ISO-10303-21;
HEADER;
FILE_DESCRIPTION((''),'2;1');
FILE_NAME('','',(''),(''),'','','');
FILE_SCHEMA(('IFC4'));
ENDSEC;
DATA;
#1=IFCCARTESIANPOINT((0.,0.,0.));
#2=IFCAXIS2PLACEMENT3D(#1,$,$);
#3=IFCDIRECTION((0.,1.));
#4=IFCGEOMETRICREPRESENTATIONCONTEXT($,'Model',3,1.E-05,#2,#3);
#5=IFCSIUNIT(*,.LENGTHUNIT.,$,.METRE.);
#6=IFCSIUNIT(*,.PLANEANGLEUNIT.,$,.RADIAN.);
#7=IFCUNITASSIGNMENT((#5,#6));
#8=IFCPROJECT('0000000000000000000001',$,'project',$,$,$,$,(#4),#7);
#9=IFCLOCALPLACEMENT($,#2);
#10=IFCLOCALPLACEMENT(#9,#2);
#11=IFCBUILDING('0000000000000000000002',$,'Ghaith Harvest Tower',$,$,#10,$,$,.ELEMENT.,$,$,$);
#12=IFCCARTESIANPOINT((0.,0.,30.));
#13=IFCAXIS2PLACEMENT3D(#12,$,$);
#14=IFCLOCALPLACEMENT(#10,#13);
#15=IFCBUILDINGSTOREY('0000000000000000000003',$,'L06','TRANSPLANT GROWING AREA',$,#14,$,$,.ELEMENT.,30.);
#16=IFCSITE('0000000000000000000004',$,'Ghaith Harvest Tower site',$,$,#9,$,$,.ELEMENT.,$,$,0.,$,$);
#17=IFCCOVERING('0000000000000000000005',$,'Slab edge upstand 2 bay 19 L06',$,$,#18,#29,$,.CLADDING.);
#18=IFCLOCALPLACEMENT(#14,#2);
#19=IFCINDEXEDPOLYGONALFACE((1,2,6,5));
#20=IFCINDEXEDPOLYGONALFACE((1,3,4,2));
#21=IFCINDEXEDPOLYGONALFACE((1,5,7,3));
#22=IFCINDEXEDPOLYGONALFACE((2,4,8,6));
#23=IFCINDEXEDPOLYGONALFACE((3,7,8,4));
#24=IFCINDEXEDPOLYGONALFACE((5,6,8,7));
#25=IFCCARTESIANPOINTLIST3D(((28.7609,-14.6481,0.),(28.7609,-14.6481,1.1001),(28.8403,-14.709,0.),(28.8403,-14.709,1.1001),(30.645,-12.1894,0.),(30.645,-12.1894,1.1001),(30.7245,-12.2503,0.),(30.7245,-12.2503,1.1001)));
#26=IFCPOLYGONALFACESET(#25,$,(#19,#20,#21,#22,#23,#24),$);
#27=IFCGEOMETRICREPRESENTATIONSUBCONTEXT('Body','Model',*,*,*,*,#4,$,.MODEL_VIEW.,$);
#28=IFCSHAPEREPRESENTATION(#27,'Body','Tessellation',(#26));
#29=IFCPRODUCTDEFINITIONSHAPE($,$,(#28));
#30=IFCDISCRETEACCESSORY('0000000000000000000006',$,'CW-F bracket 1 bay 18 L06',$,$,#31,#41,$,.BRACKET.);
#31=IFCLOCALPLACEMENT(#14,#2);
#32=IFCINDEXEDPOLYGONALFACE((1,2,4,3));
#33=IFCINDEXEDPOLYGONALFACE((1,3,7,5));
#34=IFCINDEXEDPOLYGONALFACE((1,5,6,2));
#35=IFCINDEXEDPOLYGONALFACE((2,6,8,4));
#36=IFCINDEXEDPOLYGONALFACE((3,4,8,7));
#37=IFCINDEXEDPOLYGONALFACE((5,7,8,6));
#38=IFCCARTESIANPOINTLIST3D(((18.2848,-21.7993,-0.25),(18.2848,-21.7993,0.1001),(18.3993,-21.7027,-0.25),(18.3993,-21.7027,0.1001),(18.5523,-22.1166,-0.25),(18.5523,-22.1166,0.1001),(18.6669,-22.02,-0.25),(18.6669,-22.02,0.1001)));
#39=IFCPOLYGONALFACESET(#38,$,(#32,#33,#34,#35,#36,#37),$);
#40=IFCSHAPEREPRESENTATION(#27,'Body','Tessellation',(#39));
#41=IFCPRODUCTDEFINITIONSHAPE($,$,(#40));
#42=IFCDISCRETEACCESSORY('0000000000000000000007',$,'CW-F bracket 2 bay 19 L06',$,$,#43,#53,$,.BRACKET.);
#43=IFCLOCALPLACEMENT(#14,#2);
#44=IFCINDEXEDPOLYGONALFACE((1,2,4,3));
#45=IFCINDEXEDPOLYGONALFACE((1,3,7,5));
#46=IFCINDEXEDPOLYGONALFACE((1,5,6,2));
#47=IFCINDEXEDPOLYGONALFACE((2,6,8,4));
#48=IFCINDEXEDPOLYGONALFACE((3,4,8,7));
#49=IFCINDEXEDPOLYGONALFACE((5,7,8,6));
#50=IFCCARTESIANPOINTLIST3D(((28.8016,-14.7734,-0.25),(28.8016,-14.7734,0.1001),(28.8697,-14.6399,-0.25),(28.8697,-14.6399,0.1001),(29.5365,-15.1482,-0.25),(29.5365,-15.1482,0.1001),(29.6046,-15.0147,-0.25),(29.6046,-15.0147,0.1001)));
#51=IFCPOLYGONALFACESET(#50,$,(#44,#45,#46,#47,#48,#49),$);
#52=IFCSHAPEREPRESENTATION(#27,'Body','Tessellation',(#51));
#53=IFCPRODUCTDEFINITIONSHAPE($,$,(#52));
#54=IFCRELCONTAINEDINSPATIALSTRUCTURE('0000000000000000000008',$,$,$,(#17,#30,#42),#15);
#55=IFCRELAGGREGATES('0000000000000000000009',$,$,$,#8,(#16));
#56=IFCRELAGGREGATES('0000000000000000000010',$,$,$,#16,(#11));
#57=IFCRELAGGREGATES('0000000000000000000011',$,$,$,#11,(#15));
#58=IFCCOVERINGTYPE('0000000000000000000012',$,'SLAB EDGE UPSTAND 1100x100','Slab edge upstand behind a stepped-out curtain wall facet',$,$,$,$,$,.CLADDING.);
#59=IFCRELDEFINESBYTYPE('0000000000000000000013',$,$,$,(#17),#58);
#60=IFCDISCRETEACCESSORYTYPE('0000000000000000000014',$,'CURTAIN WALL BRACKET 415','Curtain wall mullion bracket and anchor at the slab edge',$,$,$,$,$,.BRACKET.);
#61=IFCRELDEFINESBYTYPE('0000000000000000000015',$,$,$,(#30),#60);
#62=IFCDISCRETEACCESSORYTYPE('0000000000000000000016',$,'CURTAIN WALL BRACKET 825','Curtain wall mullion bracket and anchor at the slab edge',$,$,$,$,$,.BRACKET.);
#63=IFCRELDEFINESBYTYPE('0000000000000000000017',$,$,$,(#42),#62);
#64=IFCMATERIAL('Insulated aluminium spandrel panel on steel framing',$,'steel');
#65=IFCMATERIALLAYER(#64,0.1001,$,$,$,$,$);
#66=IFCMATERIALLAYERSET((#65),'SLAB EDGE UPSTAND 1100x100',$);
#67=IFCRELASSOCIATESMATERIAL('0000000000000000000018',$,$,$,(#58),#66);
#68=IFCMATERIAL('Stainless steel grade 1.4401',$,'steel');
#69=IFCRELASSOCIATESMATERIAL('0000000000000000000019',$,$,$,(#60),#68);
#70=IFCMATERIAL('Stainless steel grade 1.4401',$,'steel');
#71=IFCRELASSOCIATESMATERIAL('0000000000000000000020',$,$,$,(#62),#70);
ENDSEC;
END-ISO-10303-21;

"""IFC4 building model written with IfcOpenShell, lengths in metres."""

from ifc_helpers import new_model, si_unit, direction, frame, origin, origin_2d, place, context, subcontext, project, spatial, rectangle, extrude, material, layer, layer_set, type_object, element, save


model = new_model("IFC4")

# Units and contexts
model_context = context("Model", 3, precision=1e-05, world=origin(), true_north=direction((0.0, 1.0)))
body_context = subcontext(model_context, "Body", "Model", "MODEL_VIEW")
ifc_project = project(units=[si_unit("LENGTHUNIT", "METRE"), si_unit("PLANEANGLEUNIT", "RADIAN")], contexts=[model_context])

# Site, building, storey
site_placement = place(None, origin())
site = spatial("IfcSite", under=ifc_project, at=site_placement, Name="Ghaith Harvest Tower site", CompositionType="ELEMENT", RefElevation=0.0)
building_placement = place(site_placement, origin())
building = spatial("IfcBuilding", under=site, at=building_placement, Name="Ghaith Harvest Tower", CompositionType="ELEMENT")
storey_placement = place(building_placement, frame((0.0, 0.0, 30.0)))
storey = spatial("IfcBuildingStorey", under=building, at=storey_placement, Name="L06", Description="TRANSPLANT GROWING AREA", CompositionType="ELEMENT", Elevation=30.0)

# Covering
ifc_material_1 = material(Name="Insulated aluminium spandrel panel on steel framing", Category="steel")
ifc_layer_1 = layer(ifc_material_1, 0.1001)
ifc_layer_set_1 = layer_set([ifc_layer_1], Name="SLAB EDGE UPSTAND 1100x100")
covering_type = type_object("IfcCoveringType", Name="SLAB EDGE UPSTAND 1100x100", Description="Slab edge upstand behind a stepped-out curtain wall facet", PredefinedType="CLADDING", material=ifc_layer_set_1)
covering_1_placement = place(storey_placement, frame((29.7427, -13.4492, 0.0), z_axis=(0.0, 0.0, 1.0), x_axis=(0.608255, 0.793742, 0.0)))
element("IfcCovering", 1, at=covering_1_placement, inside=storey, type_object=covering_type, Name="Slab edge upstand 2 bay 19 L06", PredefinedType="CLADDING", context=body_context, shape_type="SweptSolid", body=[
    extrude(rectangle(XDim=3.0977, YDim=0.1001, at=origin_2d()), origin(), (0.0, 0.0, 1.0), 1.1001),
])

# Discrete accessories
ifc_material_2 = material(Name="Stainless steel grade 1.4401", Category="steel")
discrete_accessory_type_1 = type_object("IfcDiscreteAccessoryType", Name="CURTAIN WALL BRACKET 415", Description="Curtain wall mullion bracket and anchor at the slab edge", PredefinedType="BRACKET", material=ifc_material_2)
discrete_accessory_1_placement = place(storey_placement, frame((18.4758, -21.9097, -0.25), z_axis=(0.0, 0.0, 1.0), x_axis=(0.644657, -0.764472, 0.0)))
element("IfcDiscreteAccessory", 2, at=discrete_accessory_1_placement, inside=storey, type_object=discrete_accessory_type_1, Name="CW-F bracket 1 bay 18 L06", PredefinedType="BRACKET", context=body_context, shape_type="SweptSolid", body=[
    extrude(rectangle(XDim=0.415, YDim=0.1499, at=origin_2d()), origin(), (0.0, 0.0, 1.0), 0.3501),
])
ifc_material_3 = material(Name="Stainless steel grade 1.4401", Category="steel")
discrete_accessory_type_2 = type_object("IfcDiscreteAccessoryType", Name="CURTAIN WALL BRACKET 825", Description="Curtain wall mullion bracket and anchor at the slab edge", PredefinedType="BRACKET", material=ifc_material_3)
discrete_accessory_2_placement = place(storey_placement, frame((29.2031, -14.894, -0.25), z_axis=(0.0, 0.0, 1.0), x_axis=(0.890831, -0.454335, 0.0)))
element("IfcDiscreteAccessory", 3, at=discrete_accessory_2_placement, inside=storey, type_object=discrete_accessory_type_2, Name="CW-F bracket 2 bay 19 L06", PredefinedType="BRACKET", context=body_context, shape_type="SweptSolid", body=[
    extrude(rectangle(XDim=0.825, YDim=0.1499, at=origin_2d()), origin(), (0.0, 0.0, 1.0), 0.3501),
])

save(model, "model.ifc")
